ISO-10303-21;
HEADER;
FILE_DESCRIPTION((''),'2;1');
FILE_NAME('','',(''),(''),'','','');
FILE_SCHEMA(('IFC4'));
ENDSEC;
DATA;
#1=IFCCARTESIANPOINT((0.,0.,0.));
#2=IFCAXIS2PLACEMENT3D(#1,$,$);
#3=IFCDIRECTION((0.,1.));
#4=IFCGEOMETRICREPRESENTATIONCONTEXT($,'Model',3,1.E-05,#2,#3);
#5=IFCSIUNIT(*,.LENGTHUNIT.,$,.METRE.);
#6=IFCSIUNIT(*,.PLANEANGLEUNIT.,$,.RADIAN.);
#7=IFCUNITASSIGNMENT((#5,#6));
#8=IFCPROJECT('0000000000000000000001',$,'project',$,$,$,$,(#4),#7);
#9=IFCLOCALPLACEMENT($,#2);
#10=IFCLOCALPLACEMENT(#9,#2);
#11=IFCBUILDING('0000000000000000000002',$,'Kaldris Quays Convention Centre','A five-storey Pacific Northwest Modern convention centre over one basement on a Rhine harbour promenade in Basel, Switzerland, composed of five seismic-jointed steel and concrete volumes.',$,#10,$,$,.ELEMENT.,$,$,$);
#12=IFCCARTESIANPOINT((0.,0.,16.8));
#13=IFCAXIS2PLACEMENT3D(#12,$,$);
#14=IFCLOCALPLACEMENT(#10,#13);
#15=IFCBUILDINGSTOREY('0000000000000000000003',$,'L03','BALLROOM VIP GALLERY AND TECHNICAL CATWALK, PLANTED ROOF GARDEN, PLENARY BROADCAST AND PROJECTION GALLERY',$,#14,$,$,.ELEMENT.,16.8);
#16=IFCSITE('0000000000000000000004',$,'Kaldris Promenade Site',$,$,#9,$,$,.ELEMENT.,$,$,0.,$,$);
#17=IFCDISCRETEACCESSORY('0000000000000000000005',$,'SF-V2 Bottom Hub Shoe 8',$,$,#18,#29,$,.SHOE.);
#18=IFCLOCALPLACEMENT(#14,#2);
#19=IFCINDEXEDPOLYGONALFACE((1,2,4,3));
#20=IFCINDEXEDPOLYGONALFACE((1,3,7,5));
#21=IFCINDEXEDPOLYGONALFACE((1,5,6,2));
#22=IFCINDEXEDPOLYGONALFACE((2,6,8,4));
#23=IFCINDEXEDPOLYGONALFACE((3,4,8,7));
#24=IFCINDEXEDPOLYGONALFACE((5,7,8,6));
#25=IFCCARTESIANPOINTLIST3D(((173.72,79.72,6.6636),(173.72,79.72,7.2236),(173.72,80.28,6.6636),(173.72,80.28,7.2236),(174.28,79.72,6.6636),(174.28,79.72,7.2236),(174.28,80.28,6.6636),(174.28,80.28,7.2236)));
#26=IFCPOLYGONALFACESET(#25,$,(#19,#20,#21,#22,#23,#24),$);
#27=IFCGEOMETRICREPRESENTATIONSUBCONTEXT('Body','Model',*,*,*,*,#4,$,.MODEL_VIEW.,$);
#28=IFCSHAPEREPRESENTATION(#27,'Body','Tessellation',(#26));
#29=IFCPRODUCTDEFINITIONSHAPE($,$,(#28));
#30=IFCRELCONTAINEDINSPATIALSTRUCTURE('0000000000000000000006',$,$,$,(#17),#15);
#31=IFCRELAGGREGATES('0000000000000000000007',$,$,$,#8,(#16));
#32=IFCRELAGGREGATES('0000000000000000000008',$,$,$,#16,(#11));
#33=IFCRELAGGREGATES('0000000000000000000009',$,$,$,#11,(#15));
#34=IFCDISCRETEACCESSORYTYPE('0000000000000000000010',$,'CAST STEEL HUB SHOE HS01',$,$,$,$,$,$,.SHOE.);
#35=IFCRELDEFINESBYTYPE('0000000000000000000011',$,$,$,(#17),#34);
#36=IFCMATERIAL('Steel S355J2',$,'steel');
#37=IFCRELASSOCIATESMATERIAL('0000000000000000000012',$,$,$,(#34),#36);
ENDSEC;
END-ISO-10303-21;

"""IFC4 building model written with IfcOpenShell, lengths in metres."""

from ifc_helpers import new_model, si_unit, direction, frame, origin, origin_2d, place, context, subcontext, project, spatial, rectangle, extrude, material, type_object, element, save


model = new_model("IFC4")

# Units and contexts
model_context = context("Model", 3, precision=1e-05, world=origin(), true_north=direction((0.0, 1.0)))
body_context = subcontext(model_context, "Body", "Model", "MODEL_VIEW")
ifc_project = project(units=[si_unit("LENGTHUNIT", "METRE"), si_unit("PLANEANGLEUNIT", "RADIAN")], contexts=[model_context])

# Site, building, storey
site_placement = place(None, origin())
site = spatial("IfcSite", under=ifc_project, at=site_placement, Name="Kaldris Promenade Site", CompositionType="ELEMENT", RefElevation=0.0)
building_placement = place(site_placement, origin())
building = spatial("IfcBuilding", under=site, at=building_placement, Name="Kaldris Quays Convention Centre", Description="A five-storey Pacific Northwest Modern convention centre over one basement on a Rhine harbour promenade in Basel, Switzerland, composed of five seismic-jointed steel and concrete volumes.", CompositionType="ELEMENT")
storey_placement = place(building_placement, frame((0.0, 0.0, 16.8)))
storey = spatial("IfcBuildingStorey", under=building, at=storey_placement, Name="L03", Description="BALLROOM VIP GALLERY AND TECHNICAL CATWALK, PLANTED ROOF GARDEN, PLENARY BROADCAST AND PROJECTION GALLERY", CompositionType="ELEMENT", Elevation=16.8)

# Shared definitions
ifc_material_1 = material(Name="Steel S355J2", Category="steel")

# Discrete accessory
discrete_accessory_type = type_object("IfcDiscreteAccessoryType", Name="CAST STEEL HUB SHOE HS01", PredefinedType="SHOE", material=ifc_material_1)
discrete_accessory_placement = place(storey_placement, frame((174.0, 80.0, 6.6636), z_axis=(0.0, 0.0, 1.0), x_axis=(1.0, 0.0, 0.0)))
element("IfcDiscreteAccessory", 1, at=discrete_accessory_placement, inside=storey, type_object=discrete_accessory_type, Name="SF-V2 Bottom Hub Shoe 8", PredefinedType="SHOE", context=body_context, shape_type="SweptSolid", body=[
    extrude(rectangle(XDim=0.5601, YDim=0.5601, at=origin_2d()), origin(), (0.0, 0.0, 1.0), 0.5601),
])

save(model, "model.ifc")
